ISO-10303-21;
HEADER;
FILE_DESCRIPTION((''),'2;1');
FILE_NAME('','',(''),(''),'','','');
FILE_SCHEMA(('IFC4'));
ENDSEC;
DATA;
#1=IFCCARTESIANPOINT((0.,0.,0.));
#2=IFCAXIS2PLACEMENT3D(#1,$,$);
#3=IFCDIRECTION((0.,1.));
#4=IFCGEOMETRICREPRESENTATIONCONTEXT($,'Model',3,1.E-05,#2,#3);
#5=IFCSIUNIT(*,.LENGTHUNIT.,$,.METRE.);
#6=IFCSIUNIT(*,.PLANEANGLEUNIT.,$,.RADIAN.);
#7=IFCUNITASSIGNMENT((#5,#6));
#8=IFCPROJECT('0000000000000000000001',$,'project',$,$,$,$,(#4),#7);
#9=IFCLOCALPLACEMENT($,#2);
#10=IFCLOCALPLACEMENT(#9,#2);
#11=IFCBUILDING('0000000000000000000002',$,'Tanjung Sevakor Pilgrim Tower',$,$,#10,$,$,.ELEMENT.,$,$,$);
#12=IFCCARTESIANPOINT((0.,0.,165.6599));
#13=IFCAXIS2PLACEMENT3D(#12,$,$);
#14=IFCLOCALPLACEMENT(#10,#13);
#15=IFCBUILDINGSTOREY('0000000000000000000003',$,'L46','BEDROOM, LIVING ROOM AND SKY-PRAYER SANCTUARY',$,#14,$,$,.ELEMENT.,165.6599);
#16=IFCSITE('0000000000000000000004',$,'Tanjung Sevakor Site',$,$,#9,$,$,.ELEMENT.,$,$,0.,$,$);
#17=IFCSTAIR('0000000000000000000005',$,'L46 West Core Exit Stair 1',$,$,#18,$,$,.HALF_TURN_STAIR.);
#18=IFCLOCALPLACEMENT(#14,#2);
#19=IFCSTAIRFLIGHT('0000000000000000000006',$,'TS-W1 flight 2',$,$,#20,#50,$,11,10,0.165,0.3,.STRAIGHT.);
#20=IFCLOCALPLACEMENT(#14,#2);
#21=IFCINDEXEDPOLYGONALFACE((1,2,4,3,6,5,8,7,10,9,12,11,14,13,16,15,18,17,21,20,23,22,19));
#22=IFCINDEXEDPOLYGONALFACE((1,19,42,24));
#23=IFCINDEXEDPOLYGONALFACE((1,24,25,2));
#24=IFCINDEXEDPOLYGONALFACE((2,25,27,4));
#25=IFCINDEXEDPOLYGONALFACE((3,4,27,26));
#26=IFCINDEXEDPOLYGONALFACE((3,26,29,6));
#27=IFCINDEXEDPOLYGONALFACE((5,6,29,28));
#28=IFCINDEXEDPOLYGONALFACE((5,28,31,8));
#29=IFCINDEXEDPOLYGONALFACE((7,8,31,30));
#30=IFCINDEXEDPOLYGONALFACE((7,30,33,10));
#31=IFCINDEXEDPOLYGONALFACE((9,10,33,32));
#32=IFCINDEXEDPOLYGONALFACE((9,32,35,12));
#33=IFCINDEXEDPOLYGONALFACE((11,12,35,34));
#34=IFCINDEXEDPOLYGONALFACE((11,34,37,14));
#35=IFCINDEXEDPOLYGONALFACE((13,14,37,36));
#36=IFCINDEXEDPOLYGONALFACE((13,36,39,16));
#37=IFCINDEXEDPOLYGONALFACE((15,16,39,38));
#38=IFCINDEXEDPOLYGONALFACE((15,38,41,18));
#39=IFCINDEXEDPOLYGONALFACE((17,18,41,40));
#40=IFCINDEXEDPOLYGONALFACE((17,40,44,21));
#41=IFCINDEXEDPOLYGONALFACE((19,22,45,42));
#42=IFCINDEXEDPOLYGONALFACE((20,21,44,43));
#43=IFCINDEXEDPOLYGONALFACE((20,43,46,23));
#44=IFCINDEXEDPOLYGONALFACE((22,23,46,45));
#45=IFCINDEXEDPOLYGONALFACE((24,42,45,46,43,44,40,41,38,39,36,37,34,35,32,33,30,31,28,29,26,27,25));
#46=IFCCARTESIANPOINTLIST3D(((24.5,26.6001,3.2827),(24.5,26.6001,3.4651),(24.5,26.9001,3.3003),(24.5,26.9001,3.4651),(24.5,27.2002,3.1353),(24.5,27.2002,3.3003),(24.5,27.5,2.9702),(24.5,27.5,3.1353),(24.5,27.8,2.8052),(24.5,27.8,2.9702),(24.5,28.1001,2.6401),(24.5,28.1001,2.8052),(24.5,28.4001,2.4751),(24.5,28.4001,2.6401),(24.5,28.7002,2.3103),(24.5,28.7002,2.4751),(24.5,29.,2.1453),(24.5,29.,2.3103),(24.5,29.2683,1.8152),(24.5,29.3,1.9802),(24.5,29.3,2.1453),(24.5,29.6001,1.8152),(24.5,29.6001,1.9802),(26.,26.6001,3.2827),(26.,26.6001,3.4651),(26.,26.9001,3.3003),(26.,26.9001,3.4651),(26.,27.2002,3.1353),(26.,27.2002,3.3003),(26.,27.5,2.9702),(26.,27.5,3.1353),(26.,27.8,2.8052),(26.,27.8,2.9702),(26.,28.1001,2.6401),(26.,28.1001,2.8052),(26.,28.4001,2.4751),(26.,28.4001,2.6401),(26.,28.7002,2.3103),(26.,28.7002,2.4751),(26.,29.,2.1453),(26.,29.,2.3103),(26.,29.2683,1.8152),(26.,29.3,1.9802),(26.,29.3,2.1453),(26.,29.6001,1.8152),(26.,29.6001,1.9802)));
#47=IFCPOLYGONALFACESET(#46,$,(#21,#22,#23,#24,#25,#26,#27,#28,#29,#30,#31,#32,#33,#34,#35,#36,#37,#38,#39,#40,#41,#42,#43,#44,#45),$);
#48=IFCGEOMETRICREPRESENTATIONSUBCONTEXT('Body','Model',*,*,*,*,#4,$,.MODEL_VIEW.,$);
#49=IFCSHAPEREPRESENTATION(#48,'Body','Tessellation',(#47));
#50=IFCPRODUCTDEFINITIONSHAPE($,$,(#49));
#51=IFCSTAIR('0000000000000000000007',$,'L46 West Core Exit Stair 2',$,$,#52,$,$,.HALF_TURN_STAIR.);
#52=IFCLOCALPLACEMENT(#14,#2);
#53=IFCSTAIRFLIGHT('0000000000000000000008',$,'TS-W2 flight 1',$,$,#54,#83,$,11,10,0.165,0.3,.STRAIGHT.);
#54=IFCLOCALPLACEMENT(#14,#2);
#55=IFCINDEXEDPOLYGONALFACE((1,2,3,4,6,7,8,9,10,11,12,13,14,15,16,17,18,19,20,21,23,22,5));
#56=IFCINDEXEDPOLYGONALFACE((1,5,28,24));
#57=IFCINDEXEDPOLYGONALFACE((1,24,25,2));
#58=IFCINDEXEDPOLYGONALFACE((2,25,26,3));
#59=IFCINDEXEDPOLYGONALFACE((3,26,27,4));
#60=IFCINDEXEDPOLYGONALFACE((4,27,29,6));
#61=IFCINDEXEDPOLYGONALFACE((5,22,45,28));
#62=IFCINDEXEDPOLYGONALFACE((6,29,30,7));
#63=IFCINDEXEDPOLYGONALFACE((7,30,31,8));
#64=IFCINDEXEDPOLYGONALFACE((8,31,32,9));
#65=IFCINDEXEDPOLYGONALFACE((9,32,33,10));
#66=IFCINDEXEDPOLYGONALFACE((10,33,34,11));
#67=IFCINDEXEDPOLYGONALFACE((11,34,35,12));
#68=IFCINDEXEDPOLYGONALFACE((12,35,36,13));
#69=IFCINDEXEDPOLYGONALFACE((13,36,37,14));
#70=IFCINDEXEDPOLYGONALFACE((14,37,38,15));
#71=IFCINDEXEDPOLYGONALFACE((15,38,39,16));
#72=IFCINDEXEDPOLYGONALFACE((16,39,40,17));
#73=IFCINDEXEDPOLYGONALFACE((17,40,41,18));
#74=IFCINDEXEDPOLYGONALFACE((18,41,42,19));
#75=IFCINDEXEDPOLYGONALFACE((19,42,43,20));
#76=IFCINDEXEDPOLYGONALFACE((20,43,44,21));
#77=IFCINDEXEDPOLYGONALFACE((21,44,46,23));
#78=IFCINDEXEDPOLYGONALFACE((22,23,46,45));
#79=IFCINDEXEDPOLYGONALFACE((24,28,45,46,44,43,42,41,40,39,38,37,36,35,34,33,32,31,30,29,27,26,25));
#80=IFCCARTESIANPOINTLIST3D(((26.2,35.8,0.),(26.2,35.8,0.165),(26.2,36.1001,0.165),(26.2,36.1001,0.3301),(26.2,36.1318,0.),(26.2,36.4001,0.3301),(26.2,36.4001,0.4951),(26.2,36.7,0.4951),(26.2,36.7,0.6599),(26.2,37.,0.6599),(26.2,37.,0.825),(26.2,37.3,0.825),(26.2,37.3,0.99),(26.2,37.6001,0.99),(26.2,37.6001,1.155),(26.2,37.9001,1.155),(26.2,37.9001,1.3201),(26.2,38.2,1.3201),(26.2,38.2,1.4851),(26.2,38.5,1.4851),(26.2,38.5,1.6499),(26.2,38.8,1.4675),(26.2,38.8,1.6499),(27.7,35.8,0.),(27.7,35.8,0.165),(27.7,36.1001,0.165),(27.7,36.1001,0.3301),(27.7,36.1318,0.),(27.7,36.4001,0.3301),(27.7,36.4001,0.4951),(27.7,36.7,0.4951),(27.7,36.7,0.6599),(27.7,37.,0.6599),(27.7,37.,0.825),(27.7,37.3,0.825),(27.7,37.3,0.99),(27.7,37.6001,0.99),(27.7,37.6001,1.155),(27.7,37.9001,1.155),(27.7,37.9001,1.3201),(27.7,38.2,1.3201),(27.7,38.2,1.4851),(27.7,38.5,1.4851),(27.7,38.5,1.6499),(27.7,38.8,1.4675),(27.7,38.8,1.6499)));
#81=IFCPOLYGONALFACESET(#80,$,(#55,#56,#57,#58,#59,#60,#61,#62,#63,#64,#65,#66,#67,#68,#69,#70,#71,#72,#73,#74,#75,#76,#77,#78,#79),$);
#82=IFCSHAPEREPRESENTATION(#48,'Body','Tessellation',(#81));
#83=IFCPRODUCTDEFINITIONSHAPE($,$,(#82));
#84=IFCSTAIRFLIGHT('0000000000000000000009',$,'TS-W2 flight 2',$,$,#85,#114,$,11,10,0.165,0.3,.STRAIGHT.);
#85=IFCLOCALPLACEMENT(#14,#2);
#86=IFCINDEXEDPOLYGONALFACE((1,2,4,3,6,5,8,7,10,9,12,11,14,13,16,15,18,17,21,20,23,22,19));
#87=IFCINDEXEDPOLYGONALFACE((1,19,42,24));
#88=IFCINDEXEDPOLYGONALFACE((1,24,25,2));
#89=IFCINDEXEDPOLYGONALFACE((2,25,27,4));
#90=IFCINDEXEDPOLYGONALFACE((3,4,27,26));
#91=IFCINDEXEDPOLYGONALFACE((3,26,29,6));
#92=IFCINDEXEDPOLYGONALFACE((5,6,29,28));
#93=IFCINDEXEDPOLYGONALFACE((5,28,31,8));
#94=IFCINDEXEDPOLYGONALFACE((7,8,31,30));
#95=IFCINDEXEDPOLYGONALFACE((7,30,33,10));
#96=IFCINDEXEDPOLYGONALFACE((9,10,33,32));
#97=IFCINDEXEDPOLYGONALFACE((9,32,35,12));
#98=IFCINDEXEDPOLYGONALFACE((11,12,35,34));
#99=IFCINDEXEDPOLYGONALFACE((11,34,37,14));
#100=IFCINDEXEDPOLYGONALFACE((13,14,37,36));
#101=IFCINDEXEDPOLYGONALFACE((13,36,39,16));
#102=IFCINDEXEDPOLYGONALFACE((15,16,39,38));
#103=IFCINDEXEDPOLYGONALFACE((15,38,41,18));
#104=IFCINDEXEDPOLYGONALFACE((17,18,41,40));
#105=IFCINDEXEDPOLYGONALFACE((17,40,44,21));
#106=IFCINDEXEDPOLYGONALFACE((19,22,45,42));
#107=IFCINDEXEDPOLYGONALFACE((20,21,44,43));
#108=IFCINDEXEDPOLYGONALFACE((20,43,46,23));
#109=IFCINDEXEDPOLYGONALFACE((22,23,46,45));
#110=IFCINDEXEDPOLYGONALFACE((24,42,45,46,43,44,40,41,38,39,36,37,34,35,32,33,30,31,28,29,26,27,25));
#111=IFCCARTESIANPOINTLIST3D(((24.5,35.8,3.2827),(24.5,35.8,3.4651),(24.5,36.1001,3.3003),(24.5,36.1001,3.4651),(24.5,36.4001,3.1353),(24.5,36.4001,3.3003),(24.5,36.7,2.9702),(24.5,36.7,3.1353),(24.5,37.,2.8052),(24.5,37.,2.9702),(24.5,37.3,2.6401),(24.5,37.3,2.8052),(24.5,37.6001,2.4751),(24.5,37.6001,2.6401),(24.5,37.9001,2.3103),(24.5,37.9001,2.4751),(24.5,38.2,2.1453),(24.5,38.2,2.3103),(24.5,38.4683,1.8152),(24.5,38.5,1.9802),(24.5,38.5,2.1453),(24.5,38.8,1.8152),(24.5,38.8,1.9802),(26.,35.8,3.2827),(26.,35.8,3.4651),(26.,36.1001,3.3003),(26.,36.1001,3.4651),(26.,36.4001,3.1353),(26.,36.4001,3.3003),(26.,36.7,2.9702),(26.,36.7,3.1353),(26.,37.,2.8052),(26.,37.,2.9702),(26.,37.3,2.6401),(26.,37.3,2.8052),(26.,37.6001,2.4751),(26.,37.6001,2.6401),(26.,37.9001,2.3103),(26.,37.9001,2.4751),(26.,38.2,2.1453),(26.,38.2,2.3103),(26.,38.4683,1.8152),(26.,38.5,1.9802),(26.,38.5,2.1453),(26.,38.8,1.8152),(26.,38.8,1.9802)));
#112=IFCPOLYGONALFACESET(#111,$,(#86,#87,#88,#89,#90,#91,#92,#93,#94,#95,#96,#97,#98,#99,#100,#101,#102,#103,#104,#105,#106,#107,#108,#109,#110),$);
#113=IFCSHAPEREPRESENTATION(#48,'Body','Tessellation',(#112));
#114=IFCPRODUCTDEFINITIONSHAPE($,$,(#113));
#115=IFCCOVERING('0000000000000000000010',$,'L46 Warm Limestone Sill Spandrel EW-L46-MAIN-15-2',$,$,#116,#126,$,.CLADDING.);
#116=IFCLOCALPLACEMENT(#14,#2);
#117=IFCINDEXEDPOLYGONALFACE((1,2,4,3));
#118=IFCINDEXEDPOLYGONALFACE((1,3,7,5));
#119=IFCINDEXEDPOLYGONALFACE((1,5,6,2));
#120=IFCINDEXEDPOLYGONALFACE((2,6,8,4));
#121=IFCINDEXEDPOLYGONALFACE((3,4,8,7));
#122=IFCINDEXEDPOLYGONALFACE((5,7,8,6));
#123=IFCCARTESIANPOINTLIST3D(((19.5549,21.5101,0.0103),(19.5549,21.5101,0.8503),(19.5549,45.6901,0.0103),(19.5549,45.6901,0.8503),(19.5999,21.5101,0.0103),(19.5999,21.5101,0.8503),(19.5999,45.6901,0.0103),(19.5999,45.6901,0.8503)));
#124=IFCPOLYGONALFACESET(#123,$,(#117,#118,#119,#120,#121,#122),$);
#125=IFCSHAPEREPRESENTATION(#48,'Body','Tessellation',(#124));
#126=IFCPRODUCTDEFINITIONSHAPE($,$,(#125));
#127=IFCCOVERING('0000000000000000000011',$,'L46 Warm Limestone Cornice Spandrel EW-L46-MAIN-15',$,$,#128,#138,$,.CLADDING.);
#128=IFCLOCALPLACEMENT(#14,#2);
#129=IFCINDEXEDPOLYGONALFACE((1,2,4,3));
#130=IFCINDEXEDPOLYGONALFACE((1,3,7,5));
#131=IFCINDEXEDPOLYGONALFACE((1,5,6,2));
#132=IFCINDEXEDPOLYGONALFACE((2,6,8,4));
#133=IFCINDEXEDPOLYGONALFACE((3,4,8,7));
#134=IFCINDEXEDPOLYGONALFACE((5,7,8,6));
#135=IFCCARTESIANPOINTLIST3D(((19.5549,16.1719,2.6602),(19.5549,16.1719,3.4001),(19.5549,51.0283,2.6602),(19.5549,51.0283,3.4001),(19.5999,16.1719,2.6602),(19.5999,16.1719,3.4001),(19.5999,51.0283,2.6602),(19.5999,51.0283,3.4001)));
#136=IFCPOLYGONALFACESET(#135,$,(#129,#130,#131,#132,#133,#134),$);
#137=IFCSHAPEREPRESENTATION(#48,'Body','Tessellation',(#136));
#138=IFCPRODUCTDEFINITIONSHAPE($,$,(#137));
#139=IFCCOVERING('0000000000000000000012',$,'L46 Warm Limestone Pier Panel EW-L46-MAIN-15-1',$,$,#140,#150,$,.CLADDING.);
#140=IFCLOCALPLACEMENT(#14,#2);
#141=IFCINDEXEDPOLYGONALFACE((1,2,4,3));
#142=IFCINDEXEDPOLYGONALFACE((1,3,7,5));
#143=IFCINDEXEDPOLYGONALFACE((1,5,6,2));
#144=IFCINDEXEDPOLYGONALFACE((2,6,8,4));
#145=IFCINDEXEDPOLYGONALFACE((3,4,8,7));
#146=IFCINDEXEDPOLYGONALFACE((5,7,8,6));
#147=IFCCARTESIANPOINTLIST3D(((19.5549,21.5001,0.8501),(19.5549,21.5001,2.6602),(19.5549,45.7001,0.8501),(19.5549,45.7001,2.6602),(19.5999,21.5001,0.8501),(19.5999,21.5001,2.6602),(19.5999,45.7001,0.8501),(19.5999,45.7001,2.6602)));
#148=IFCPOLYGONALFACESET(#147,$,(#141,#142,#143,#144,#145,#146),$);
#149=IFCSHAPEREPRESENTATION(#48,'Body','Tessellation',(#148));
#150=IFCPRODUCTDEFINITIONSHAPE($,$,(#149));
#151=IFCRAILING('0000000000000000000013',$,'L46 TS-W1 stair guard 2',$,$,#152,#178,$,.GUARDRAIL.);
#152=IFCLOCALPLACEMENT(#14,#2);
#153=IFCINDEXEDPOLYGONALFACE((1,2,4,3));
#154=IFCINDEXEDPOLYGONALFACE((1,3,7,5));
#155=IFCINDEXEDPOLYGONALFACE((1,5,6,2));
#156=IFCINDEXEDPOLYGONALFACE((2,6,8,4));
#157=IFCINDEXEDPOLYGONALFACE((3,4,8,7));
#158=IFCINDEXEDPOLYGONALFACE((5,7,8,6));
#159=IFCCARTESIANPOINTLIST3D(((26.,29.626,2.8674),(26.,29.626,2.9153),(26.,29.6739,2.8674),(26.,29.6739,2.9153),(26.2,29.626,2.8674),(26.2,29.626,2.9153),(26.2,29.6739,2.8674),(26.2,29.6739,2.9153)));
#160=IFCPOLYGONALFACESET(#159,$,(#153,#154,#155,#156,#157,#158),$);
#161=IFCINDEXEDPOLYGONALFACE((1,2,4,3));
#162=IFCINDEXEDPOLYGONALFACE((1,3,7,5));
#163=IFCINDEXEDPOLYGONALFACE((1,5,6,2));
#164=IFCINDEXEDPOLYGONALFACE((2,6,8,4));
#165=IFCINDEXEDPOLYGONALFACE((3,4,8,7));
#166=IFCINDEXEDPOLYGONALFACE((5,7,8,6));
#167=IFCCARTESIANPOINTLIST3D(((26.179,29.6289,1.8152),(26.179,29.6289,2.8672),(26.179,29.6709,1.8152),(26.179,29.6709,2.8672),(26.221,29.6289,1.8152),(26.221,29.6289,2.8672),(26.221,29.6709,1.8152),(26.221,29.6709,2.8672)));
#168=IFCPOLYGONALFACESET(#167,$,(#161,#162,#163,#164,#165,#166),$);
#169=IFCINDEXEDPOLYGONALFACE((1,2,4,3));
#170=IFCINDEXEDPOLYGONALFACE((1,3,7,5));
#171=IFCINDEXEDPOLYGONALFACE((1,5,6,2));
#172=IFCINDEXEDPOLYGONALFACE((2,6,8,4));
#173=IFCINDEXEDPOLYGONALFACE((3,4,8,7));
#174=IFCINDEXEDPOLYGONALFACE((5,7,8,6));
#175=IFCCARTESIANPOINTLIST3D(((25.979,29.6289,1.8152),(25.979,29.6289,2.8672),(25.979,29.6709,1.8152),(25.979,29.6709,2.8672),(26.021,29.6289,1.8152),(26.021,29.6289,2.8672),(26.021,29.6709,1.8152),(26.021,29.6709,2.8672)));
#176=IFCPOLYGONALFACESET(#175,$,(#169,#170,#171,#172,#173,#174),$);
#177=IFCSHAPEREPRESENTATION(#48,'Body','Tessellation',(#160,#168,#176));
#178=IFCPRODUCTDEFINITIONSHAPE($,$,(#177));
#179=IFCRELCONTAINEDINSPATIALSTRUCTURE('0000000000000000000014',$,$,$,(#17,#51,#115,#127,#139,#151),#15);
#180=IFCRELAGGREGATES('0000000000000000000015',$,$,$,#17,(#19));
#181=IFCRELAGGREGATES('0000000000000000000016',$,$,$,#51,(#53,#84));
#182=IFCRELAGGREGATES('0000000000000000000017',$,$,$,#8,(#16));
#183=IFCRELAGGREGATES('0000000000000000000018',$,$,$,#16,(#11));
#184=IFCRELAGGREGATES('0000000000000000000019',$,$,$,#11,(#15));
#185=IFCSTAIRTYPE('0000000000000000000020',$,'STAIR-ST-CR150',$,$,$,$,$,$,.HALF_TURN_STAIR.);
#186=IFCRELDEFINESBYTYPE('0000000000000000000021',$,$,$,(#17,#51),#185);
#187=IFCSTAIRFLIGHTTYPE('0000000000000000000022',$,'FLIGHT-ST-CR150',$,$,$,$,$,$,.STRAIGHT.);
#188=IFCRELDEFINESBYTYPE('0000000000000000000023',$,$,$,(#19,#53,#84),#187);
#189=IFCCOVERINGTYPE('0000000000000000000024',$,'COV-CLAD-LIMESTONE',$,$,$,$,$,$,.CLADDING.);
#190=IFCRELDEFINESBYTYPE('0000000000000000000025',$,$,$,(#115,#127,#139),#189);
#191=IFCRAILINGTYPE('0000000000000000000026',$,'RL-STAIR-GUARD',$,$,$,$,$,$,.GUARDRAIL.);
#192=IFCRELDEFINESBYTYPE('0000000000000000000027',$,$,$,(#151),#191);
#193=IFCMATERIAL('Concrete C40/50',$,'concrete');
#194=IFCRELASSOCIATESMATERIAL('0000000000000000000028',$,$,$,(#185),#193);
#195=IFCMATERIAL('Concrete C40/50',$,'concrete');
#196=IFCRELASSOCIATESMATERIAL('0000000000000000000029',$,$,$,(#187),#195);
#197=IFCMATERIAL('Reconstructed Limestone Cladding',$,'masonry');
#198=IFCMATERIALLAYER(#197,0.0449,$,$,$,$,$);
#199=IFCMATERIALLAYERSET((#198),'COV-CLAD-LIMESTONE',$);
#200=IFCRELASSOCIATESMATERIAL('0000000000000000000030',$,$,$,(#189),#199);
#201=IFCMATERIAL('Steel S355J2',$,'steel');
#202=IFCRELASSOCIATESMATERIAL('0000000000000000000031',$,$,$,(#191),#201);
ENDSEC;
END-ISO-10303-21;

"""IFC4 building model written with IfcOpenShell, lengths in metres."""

from ifc_helpers import new_model, si_unit, direction, frame, origin, origin_2d, place, context, subcontext, project, spatial, polyline, rectangle, outline, extrude, material, layer, layer_set, type_object, element, aggregate, save


model = new_model("IFC4")

# Units and contexts
model_context = context("Model", 3, precision=1e-05, world=origin(), true_north=direction((0.0, 1.0)))
body_context = subcontext(model_context, "Body", "Model", "MODEL_VIEW")
ifc_project = project(units=[si_unit("LENGTHUNIT", "METRE"), si_unit("PLANEANGLEUNIT", "RADIAN")], contexts=[model_context])

# Site, building, storey
site_placement = place(None, origin())
site = spatial("IfcSite", under=ifc_project, at=site_placement, Name="Tanjung Sevakor Site", CompositionType="ELEMENT", RefElevation=0.0)
building_placement = place(site_placement, origin())
building = spatial("IfcBuilding", under=site, at=building_placement, Name="Tanjung Sevakor Pilgrim Tower", CompositionType="ELEMENT")
storey_placement = place(building_placement, frame((0.0, 0.0, 165.6599)))
storey = spatial("IfcBuildingStorey", under=building, at=storey_placement, Name="L46", Description="BEDROOM, LIVING ROOM AND SKY-PRAYER SANCTUARY", CompositionType="ELEMENT", Elevation=165.6599)

# Stair, stair flight
ifc_material_1 = material(Name="Concrete C40/50", Category="concrete")
stair_type = type_object("IfcStairType", Name="STAIR-ST-CR150", PredefinedType="HALF_TURN_STAIR", material=ifc_material_1)
stair_1_placement = place(storey_placement, origin())
stair_1 = element("IfcStair", 1, at=stair_1_placement, inside=storey, type_object=stair_type, Name="L46 West Core Exit Stair 1", PredefinedType="HALF_TURN_STAIR")
ifc_material_2 = material(Name="Concrete C40/50", Category="concrete")
stair_flight_type = type_object("IfcStairFlightType", Name="FLIGHT-ST-CR150", PredefinedType="STRAIGHT", material=ifc_material_2)
stair_flight_1_placement = place(storey_placement, frame((25.25, 29.6001, 1.8152), z_axis=(0.0, 0.0, 1.0), x_axis=(0.0, -1.0, 0.0)))
stair_flight_1 = element("IfcStairFlight", 2, at=stair_flight_1_placement, type_object=stair_flight_type, Name="TS-W1 flight 2", NumberOfRisers=11, NumberOfTreads=10, PredefinedType="STRAIGHT", RiserHeight=0.165, TreadLength=0.3, context=body_context, shape_type="SweptSolid", body=[
    extrude(outline(polyline([(0.0, 0.0), (0.0, 0.165), (0.3, 0.165), (0.3, 0.3301), (0.6001, 0.3301), (0.6001, 0.4951), (0.8999, 0.4951), (0.8999, 0.6599), (1.2, 0.6599), (1.2, 0.825), (1.5, 0.825), (1.5, 0.99), (1.8, 0.99), (1.8, 1.155), (2.1001, 1.155), (2.1001, 1.3201), (2.3999, 1.3201), (2.3999, 1.4851), (2.7, 1.4851), (2.7, 1.6499), (3.0, 1.6499), (3.0, 1.8149), (3.0, 1.4675), (0.3318, 0.0), (0.0, 0.0)])), frame((0.0, 0.75, 0.0), z_axis=(0.0, -1.0, 0.0), x_axis=(1.0, 0.0, 0.0)), (0.0, 0.0, 1.0), 1.5),
])
aggregate(stair_1, [stair_flight_1])

# Stair, stair flights
stair_2_placement = place(storey_placement, origin())
stair_2 = element("IfcStair", 3, at=stair_2_placement, inside=storey, type_object=stair_type, Name="L46 West Core Exit Stair 2", PredefinedType="HALF_TURN_STAIR")
stair_flight_2_placement = place(storey_placement, frame((26.95, 35.8, 0.0), z_axis=(0.0, 0.0, 1.0), x_axis=(0.0, 1.0, 0.0)))
stair_flight_2 = element("IfcStairFlight", 4, at=stair_flight_2_placement, type_object=stair_flight_type, Name="TS-W2 flight 1", NumberOfRisers=11, NumberOfTreads=10, PredefinedType="STRAIGHT", RiserHeight=0.165, TreadLength=0.3, context=body_context, shape_type="SweptSolid", body=[
    extrude(outline(polyline([(0.0, 0.0), (0.0, 0.165), (0.3, 0.165), (0.3, 0.3301), (0.6001, 0.3301), (0.6001, 0.4951), (0.8999, 0.4951), (0.8999, 0.6599), (1.2, 0.6599), (1.2, 0.825), (1.5, 0.825), (1.5, 0.99), (1.8, 0.99), (1.8, 1.155), (2.1001, 1.155), (2.1001, 1.3201), (2.3999, 1.3201), (2.3999, 1.4851), (2.7, 1.4851), (2.7, 1.6499), (3.0, 1.6499), (3.0, 1.8149), (3.0, 1.4675), (0.3318, 0.0), (0.0, 0.0)])), frame((0.0, 0.75, 0.0), z_axis=(0.0, -1.0, 0.0), x_axis=(1.0, 0.0, 0.0)), (0.0, 0.0, 1.0), 1.5),
])
stair_flight_3_placement = place(storey_placement, frame((25.25, 38.8, 1.8152), z_axis=(0.0, 0.0, 1.0), x_axis=(0.0, -1.0, 0.0)))
stair_flight_3 = element("IfcStairFlight", 5, at=stair_flight_3_placement, type_object=stair_flight_type, Name="TS-W2 flight 2", NumberOfRisers=11, NumberOfTreads=10, PredefinedType="STRAIGHT", RiserHeight=0.165, TreadLength=0.3, context=body_context, shape_type="SweptSolid", body=[
    extrude(outline(polyline([(0.0, 0.0), (0.0, 0.165), (0.3, 0.165), (0.3, 0.3301), (0.6001, 0.3301), (0.6001, 0.4951), (0.8999, 0.4951), (0.8999, 0.6599), (1.2, 0.6599), (1.2, 0.825), (1.5, 0.825), (1.5, 0.99), (1.8, 0.99), (1.8, 1.155), (2.1001, 1.155), (2.1001, 1.3201), (2.3999, 1.3201), (2.3999, 1.4851), (2.7, 1.4851), (2.7, 1.6499), (3.0, 1.6499), (3.0, 1.8149), (3.0, 1.4675), (0.3318, 0.0), (0.0, 0.0)])), frame((0.0, 0.75, 0.0), z_axis=(0.0, -1.0, 0.0), x_axis=(1.0, 0.0, 0.0)), (0.0, 0.0, 1.0), 1.5),
])
aggregate(stair_2, [stair_flight_2, stair_flight_3])

# Coverings
ifc_material_3 = material(Name="Reconstructed Limestone Cladding", Category="masonry")
ifc_layer_1 = layer(ifc_material_3, 0.0449)
ifc_layer_set_1 = layer_set([ifc_layer_1], Name="COV-CLAD-LIMESTONE")
covering_type = type_object("IfcCoveringType", Name="COV-CLAD-LIMESTONE", PredefinedType="CLADDING", material=ifc_layer_set_1)
covering_1_placement = place(storey_placement, frame((19.5774, 33.6001, 0.0103), z_axis=(0.0, 0.0, 1.0), x_axis=(0.0, -1.0, 0.0)))
element("IfcCovering", 6, at=covering_1_placement, inside=storey, type_object=covering_type, Name="L46 Warm Limestone Sill Spandrel EW-L46-MAIN-15-2", PredefinedType="CLADDING", context=body_context, shape_type="SweptSolid", body=[
    extrude(rectangle(XDim=24.1799, YDim=0.0449, at=origin_2d()), origin(), (0.0, 0.0, 1.0), 0.8401),
])
covering_2_placement = place(storey_placement, frame((19.5774, 33.6001, 2.6602), z_axis=(0.0, 0.0, 1.0), x_axis=(0.0, -1.0, 0.0)))
element("IfcCovering", 7, at=covering_2_placement, inside=storey, type_object=covering_type, Name="L46 Warm Limestone Cornice Spandrel EW-L46-MAIN-15", PredefinedType="CLADDING", context=body_context, shape_type="SweptSolid", body=[
    extrude(rectangle(XDim=34.8564, YDim=0.0449, at=origin_2d()), origin(), (0.0, 0.0, 1.0), 0.74),
])
covering_3_placement = place(storey_placement, frame((19.5774, 33.6001, 0.8501), z_axis=(0.0, 0.0, 1.0), x_axis=(0.0, -1.0, 0.0)))
element("IfcCovering", 8, at=covering_3_placement, inside=storey, type_object=covering_type, Name="L46 Warm Limestone Pier Panel EW-L46-MAIN-15-1", PredefinedType="CLADDING", context=body_context, shape_type="SweptSolid", body=[
    extrude(rectangle(XDim=24.2, YDim=0.0449, at=origin_2d()), origin(), (0.0, 0.0, 1.0), 1.8101),
])

# Railing
ifc_material_4 = material(Name="Steel S355J2", Category="steel")
railing_type_1 = type_object("IfcRailingType", Name="RL-STAIR-GUARD", PredefinedType="GUARDRAIL", material=ifc_material_4)
railing_1_placement = place(storey_placement, frame((26.2, 29.6499, 1.8152)))
element("IfcRailing", 9, at=railing_1_placement, inside=storey, type_object=railing_type_1, Name="L46 TS-W1 stair guard 2", PredefinedType="GUARDRAIL", context=body_context, shape_type="SweptSolid", body=[
    extrude(rectangle(XDim=0.0479, YDim=0.0479), frame((0.0, 0.0, 1.0762), z_axis=(-1.0, 0.0, 0.0), x_axis=(0.0, -1.0, 0.0)), (0.0, 0.0, 1.0), 0.2),
    extrude(rectangle(XDim=0.042, YDim=0.042), origin(), (0.0, 0.0, 1.0), 1.052),
    extrude(rectangle(XDim=0.042, YDim=0.042), frame((-0.2, 0.0, 0.0)), (0.0, 0.0, 1.0), 1.052),
])

save(model, "model.ifc")
